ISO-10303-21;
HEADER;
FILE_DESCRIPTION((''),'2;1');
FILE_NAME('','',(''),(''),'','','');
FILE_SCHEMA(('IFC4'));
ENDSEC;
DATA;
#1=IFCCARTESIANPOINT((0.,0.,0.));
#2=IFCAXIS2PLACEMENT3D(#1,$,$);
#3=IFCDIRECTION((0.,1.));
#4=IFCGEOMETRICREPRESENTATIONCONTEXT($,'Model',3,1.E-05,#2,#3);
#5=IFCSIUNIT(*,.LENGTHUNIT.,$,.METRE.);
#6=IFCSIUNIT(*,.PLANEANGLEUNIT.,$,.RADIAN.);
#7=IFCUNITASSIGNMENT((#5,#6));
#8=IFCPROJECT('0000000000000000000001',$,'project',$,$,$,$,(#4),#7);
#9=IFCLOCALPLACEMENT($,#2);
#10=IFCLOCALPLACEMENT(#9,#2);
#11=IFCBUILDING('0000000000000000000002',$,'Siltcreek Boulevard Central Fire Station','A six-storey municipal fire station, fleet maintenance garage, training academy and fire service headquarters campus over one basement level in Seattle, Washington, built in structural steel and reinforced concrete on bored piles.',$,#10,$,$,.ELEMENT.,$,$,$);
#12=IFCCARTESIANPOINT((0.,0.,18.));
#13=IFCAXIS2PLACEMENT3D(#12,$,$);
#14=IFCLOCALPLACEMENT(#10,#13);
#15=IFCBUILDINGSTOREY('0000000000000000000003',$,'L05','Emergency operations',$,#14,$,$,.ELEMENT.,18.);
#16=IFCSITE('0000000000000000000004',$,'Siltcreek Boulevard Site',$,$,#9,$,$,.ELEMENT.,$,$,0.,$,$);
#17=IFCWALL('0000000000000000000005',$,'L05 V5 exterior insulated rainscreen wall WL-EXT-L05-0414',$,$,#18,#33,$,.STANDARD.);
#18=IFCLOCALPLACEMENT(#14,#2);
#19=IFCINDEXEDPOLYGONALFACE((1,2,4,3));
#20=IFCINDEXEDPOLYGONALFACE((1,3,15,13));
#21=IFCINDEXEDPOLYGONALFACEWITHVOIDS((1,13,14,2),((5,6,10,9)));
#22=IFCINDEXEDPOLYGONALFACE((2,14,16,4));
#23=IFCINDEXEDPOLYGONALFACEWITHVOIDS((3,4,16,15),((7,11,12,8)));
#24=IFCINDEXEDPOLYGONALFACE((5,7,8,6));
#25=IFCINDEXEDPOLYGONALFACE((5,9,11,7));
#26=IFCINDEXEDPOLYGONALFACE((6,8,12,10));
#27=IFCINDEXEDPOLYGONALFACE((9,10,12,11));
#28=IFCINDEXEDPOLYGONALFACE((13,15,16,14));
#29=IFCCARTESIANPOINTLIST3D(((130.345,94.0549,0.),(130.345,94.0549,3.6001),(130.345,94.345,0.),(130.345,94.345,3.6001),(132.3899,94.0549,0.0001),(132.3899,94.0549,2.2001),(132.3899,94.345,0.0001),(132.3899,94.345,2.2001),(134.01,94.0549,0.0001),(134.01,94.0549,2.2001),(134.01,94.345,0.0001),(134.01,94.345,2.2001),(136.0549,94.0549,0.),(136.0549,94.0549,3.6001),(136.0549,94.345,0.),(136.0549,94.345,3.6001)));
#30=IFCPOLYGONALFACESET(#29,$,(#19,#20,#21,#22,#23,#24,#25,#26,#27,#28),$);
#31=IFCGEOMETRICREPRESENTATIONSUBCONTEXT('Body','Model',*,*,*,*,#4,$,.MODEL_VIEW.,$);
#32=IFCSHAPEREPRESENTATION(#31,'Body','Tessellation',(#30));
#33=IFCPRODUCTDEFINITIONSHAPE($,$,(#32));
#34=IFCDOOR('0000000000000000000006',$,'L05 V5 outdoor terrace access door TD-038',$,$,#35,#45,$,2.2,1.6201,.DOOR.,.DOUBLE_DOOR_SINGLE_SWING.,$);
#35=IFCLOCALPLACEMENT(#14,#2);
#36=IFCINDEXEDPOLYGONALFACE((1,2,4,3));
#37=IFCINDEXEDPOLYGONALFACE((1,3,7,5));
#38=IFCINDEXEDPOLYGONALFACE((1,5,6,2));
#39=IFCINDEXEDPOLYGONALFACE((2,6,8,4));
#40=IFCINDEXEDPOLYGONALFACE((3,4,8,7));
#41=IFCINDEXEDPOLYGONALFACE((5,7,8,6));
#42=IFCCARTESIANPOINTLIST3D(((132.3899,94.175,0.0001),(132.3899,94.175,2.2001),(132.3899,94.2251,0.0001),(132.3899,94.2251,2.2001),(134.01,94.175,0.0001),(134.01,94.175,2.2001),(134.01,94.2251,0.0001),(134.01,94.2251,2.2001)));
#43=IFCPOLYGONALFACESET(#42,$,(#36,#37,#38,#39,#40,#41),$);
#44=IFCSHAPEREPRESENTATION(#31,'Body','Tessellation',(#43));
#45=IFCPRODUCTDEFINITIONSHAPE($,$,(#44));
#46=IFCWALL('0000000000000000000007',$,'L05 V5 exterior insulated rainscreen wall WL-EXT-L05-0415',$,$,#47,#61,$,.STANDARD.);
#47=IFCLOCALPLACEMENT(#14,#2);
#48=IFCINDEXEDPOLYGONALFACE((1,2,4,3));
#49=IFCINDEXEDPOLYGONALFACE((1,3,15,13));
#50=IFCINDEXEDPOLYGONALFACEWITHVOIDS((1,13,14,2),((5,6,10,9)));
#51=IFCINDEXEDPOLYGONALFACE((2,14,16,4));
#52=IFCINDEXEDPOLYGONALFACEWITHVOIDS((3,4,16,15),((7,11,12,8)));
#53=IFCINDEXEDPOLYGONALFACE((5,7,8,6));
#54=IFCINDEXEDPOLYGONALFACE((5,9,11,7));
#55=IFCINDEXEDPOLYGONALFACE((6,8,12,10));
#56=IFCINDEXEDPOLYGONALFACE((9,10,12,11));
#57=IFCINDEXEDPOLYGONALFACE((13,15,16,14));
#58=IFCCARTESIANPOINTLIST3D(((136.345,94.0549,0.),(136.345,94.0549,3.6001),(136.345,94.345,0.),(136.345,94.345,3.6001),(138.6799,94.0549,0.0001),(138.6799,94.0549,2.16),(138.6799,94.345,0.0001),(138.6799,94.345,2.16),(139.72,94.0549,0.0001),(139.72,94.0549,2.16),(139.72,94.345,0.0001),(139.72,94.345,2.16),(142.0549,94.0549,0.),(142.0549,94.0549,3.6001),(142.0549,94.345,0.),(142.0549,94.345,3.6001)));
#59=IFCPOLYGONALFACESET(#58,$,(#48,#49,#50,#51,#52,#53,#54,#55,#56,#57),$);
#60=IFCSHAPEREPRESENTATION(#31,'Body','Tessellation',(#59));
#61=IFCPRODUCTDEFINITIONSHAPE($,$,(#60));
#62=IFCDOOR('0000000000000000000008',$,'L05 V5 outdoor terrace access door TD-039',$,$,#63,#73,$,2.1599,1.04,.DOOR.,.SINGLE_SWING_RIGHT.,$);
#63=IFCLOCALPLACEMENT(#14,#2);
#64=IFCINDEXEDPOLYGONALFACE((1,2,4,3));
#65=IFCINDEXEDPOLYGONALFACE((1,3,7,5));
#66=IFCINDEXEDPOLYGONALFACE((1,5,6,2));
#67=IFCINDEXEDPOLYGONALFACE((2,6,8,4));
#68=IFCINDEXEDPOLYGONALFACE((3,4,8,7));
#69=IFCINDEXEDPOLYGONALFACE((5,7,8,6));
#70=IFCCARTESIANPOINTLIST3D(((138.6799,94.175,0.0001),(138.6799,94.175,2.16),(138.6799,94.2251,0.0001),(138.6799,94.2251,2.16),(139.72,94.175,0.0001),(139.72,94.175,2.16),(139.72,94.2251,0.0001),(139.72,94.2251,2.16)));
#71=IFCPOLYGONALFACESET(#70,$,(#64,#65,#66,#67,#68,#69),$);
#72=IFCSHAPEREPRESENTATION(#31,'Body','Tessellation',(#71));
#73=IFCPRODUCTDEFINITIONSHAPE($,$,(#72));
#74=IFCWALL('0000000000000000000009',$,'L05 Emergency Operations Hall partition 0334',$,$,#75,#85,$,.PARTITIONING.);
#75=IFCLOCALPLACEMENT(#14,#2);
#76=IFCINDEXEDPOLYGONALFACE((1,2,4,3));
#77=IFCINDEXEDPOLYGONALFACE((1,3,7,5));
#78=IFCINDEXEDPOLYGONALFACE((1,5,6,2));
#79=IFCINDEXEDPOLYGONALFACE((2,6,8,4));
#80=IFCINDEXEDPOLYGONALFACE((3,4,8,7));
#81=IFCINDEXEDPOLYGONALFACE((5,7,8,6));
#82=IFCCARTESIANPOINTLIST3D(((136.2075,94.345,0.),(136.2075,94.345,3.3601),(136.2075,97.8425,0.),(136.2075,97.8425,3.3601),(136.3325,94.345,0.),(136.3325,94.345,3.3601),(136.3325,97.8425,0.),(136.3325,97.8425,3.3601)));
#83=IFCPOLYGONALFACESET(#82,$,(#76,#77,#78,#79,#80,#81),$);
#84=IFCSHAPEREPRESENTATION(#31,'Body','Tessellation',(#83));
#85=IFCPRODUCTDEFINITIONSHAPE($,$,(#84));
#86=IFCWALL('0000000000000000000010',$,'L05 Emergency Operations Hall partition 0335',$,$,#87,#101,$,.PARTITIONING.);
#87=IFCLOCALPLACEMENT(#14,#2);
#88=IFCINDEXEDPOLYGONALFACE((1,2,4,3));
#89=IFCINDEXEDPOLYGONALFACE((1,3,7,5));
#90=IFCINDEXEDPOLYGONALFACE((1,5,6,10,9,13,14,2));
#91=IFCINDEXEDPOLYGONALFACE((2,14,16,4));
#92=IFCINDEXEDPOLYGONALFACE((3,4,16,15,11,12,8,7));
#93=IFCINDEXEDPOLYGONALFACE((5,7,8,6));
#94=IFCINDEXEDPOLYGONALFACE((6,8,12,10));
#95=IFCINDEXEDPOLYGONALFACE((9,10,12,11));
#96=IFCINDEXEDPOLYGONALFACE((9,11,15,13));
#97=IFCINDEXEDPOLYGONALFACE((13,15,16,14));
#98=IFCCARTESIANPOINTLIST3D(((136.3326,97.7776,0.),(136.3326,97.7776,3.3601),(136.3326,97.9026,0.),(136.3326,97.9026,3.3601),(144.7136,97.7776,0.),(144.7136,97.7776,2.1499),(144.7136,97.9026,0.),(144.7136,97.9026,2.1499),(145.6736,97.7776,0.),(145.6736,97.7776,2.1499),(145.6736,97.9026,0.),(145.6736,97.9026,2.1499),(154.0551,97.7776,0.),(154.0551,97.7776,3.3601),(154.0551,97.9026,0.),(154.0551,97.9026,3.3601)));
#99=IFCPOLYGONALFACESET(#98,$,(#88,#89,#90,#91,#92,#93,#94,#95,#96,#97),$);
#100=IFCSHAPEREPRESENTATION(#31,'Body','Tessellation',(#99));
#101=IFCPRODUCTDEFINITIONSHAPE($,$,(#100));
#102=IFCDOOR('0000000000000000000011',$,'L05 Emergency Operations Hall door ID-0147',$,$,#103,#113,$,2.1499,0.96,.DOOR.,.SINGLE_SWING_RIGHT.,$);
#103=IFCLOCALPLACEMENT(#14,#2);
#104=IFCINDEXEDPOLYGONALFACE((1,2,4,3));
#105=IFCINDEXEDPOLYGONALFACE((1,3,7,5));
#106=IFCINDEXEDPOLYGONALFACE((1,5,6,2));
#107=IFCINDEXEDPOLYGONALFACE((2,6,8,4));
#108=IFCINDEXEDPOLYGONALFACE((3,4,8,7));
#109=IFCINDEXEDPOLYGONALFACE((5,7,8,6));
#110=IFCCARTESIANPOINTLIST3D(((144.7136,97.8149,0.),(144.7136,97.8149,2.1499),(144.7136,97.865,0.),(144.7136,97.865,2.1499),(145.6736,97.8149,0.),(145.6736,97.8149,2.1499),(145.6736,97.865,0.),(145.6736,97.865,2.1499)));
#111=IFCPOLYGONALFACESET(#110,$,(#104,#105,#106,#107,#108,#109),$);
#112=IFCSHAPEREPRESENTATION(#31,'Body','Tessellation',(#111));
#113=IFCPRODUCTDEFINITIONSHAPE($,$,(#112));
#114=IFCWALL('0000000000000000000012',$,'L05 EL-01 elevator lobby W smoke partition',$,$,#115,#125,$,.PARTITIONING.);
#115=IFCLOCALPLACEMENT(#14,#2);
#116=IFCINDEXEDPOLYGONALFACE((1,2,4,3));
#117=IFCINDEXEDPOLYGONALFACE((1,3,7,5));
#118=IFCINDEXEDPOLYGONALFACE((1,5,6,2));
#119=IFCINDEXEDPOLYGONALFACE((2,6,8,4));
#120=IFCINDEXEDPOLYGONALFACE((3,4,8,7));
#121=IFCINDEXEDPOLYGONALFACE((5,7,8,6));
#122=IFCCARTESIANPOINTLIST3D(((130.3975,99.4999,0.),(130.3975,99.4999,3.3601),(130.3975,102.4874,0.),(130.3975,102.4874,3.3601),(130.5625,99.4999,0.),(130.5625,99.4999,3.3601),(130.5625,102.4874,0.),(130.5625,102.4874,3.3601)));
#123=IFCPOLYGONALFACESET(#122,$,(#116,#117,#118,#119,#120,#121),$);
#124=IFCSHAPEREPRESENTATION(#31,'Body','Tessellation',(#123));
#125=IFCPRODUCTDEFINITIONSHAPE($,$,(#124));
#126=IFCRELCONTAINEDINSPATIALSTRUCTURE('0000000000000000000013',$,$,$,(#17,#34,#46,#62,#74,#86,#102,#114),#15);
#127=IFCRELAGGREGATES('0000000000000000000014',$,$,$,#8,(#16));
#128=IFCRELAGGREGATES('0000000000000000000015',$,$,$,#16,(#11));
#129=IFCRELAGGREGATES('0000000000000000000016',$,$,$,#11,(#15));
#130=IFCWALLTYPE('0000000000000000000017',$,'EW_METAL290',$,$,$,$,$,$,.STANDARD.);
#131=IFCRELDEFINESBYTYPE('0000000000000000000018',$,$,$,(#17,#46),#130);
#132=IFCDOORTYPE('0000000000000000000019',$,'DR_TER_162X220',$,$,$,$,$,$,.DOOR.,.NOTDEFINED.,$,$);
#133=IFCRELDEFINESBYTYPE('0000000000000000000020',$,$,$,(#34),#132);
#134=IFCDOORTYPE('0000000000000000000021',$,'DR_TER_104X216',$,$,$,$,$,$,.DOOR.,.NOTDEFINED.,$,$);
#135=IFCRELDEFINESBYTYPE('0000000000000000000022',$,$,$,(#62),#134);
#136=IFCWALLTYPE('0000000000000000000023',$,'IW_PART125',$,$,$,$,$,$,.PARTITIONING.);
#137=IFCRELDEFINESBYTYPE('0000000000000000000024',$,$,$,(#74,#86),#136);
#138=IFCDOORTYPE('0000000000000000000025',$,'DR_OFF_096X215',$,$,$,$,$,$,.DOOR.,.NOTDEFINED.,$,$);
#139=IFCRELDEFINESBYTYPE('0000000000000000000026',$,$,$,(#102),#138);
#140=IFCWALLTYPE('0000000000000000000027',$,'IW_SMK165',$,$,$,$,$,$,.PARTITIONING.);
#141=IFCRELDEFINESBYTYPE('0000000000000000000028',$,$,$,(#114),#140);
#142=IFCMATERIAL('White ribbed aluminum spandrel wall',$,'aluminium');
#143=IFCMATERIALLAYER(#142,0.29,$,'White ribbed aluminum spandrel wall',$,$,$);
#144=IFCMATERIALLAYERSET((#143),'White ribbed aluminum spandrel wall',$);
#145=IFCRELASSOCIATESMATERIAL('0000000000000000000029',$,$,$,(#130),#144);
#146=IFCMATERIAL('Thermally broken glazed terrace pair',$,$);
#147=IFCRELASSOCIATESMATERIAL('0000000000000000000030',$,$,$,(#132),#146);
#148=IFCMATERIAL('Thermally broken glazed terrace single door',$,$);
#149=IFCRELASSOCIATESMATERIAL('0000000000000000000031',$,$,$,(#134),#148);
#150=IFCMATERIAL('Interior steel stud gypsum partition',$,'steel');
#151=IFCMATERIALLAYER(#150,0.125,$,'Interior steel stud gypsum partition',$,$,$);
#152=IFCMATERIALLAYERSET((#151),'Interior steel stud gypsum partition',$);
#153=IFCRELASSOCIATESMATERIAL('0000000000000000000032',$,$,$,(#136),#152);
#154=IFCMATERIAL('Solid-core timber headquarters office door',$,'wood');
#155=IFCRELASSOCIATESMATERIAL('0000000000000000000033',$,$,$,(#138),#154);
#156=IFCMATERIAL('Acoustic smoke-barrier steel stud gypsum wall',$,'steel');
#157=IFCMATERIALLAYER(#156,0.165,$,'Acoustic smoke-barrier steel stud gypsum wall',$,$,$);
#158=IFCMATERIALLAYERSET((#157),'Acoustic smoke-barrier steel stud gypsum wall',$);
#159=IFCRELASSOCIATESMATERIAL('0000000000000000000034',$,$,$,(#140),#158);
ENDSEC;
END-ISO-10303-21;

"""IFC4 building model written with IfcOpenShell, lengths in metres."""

from ifc_helpers import new_model, si_unit, direction, frame, frame_2d, origin, place, context, subcontext, project, spatial, rectangle, extrude, material, layer, layer_set, type_object, element, fill, save


model = new_model("IFC4")

# Units and contexts
model_context = context("Model", 3, precision=1e-05, world=origin(), true_north=direction((0.0, 1.0)))
body_context = subcontext(model_context, "Body", "Model", "MODEL_VIEW")
ifc_project = project(units=[si_unit("LENGTHUNIT", "METRE"), si_unit("PLANEANGLEUNIT", "RADIAN")], contexts=[model_context])

# Site, building, storey
site_placement = place(None, origin())
site = spatial("IfcSite", under=ifc_project, at=site_placement, Name="Siltcreek Boulevard Site", CompositionType="ELEMENT", RefElevation=0.0)
building_placement = place(site_placement, origin())
building = spatial("IfcBuilding", under=site, at=building_placement, Name="Siltcreek Boulevard Central Fire Station", Description="A six-storey municipal fire station, fleet maintenance garage, training academy and fire service headquarters campus over one basement level in Seattle, Washington, built in structural steel and reinforced concrete on bored piles.", CompositionType="ELEMENT")
storey_placement = place(building_placement, frame((0.0, 0.0, 18.0)))
storey = spatial("IfcBuildingStorey", under=building, at=storey_placement, Name="L05", Description="Emergency operations", CompositionType="ELEMENT", Elevation=18.0)

# Walls, openings, doors
ifc_material_1 = material(Name="White ribbed aluminum spandrel wall", Category="aluminium")
ifc_layer_1 = layer(ifc_material_1, 0.29, Name="White ribbed aluminum spandrel wall")
ifc_layer_set_1 = layer_set([ifc_layer_1], Name="White ribbed aluminum spandrel wall")
wall_type_1 = type_object("IfcWallType", Name="EW_METAL290", PredefinedType="STANDARD", material=ifc_layer_set_1)
wall_1_placement = place(storey_placement, frame((130.345, 94.2, 0.0), z_axis=(0.0, 0.0, 1.0), x_axis=(1.0, 0.0, 0.0)))
wall_1 = element("IfcWall", 1, at=wall_1_placement, inside=storey, type_object=wall_type_1, Name="L05 V5 exterior insulated rainscreen wall WL-EXT-L05-0414", PredefinedType="STANDARD", context=body_context, shape_type="SweptSolid", body=[
    extrude(rectangle(XDim=5.71, YDim=0.29, at=frame_2d((2.855, 0.0))), origin(), (0.0, 0.0, 1.0), 3.6001),
])
opening_1_placement = place(wall_1_placement, frame((2.0449, 0.0, 0.0)))
opening_1 = element("IfcOpeningElement", 2, at=opening_1_placement, cuts=wall_1, PredefinedType="OPENING", context=body_context, shape_type="SweptSolid", body=[
    extrude(rectangle(XDim=1.6201, YDim=2.2, at=frame_2d((0.8101, 1.1001))), frame((0.0, 0.155, 0.0), z_axis=(0.0, -1.0, 0.0), x_axis=(1.0, 0.0, 0.0)), (0.0, 0.0, 1.0), 0.3101),
])
ifc_material_2 = material(Name="Thermally broken glazed terrace pair")
door_type_1 = type_object("IfcDoorType", Name="DR_TER_162X220", OperationType="NOTDEFINED", PredefinedType="DOOR", material=ifc_material_2)
door_1_placement = place(opening_1_placement, frame((1.6201, 0.0, 0.0), z_axis=(0.0, 0.0, 1.0), x_axis=(-1.0, 0.0, 0.0)))
door_1 = element("IfcDoor", 3, at=door_1_placement, inside=storey, type_object=door_type_1, Name="L05 V5 outdoor terrace access door TD-038", OperationType="DOUBLE_DOOR_SINGLE_SWING", OverallHeight=2.2, OverallWidth=1.6201, PredefinedType="DOOR", context=body_context, shape_type="SweptSolid", body=[
    extrude(rectangle(XDim=1.6201, YDim=2.2, at=frame_2d((0.8101, 1.1001))), frame((0.0, 0.0249, 0.0), z_axis=(0.0, -1.0, 0.0), x_axis=(1.0, 0.0, 0.0)), (0.0, 0.0, 1.0), 0.05),
])
fill(opening_1, door_1)
wall_2_placement = place(storey_placement, frame((136.345, 94.2, 0.0), z_axis=(0.0, 0.0, 1.0), x_axis=(1.0, 0.0, 0.0)))
wall_2 = element("IfcWall", 4, at=wall_2_placement, inside=storey, type_object=wall_type_1, Name="L05 V5 exterior insulated rainscreen wall WL-EXT-L05-0415", PredefinedType="STANDARD", context=body_context, shape_type="SweptSolid", body=[
    extrude(rectangle(XDim=5.71, YDim=0.29, at=frame_2d((2.855, 0.0))), origin(), (0.0, 0.0, 1.0), 3.6001),
])
opening_2_placement = place(wall_2_placement, frame((2.335, 0.0, 0.0)))
opening_2 = element("IfcOpeningElement", 5, at=opening_2_placement, cuts=wall_2, PredefinedType="OPENING", context=body_context, shape_type="SweptSolid", body=[
    extrude(rectangle(XDim=1.04, YDim=2.1599, at=frame_2d((0.52, 1.0801))), frame((0.0, 0.155, 0.0), z_axis=(0.0, -1.0, 0.0), x_axis=(1.0, 0.0, 0.0)), (0.0, 0.0, 1.0), 0.3101),
])
ifc_material_3 = material(Name="Thermally broken glazed terrace single door")
door_type_2 = type_object("IfcDoorType", Name="DR_TER_104X216", OperationType="NOTDEFINED", PredefinedType="DOOR", material=ifc_material_3)
door_2_placement = place(opening_2_placement, frame((1.04, 0.0, 0.0), z_axis=(0.0, 0.0, 1.0), x_axis=(-1.0, 0.0, 0.0)))
door_2 = element("IfcDoor", 6, at=door_2_placement, inside=storey, type_object=door_type_2, Name="L05 V5 outdoor terrace access door TD-039", OperationType="SINGLE_SWING_RIGHT", OverallHeight=2.1599, OverallWidth=1.04, PredefinedType="DOOR", context=body_context, shape_type="SweptSolid", body=[
    extrude(rectangle(XDim=1.04, YDim=2.1599, at=frame_2d((0.52, 1.0801))), frame((0.0, 0.0249, 0.0), z_axis=(0.0, -1.0, 0.0), x_axis=(1.0, 0.0, 0.0)), (0.0, 0.0, 1.0), 0.05),
])
fill(opening_2, door_2)

# Wall
ifc_material_4 = material(Name="Interior steel stud gypsum partition", Category="steel")
ifc_layer_2 = layer(ifc_material_4, 0.125, Name="Interior steel stud gypsum partition")
ifc_layer_set_2 = layer_set([ifc_layer_2], Name="Interior steel stud gypsum partition")
wall_type_2 = type_object("IfcWallType", Name="IW_PART125", PredefinedType="PARTITIONING", material=ifc_layer_set_2)
wall_3_placement = place(storey_placement, frame((136.27, 94.345, 0.0), z_axis=(0.0, 0.0, 1.0), x_axis=(0.0, 1.0, 0.0)))
element("IfcWall", 7, at=wall_3_placement, inside=storey, type_object=wall_type_2, Name="L05 Emergency Operations Hall partition 0334", PredefinedType="PARTITIONING", context=body_context, shape_type="SweptSolid", body=[
    extrude(rectangle(XDim=3.4976, YDim=0.125, at=frame_2d((1.7488, 0.0))), origin(), (0.0, 0.0, 1.0), 3.3601),
])

# Wall, opening, door
wall_4_placement = place(storey_placement, frame((136.3325, 97.8401, 0.0), z_axis=(0.0, 0.0, 1.0), x_axis=(1.0, 0.0, 0.0)))
wall_4 = element("IfcWall", 8, at=wall_4_placement, inside=storey, type_object=wall_type_2, Name="L05 Emergency Operations Hall partition 0335", PredefinedType="PARTITIONING", context=body_context, shape_type="SweptSolid", body=[
    extrude(rectangle(XDim=17.7224, YDim=0.125, at=frame_2d((8.8613, 0.0))), origin(), (0.0, 0.0, 1.0), 3.3601),
])
opening_3_placement = place(wall_4_placement, frame((8.3811, 0.0, 0.0)))
opening_3 = element("IfcOpeningElement", 9, at=opening_3_placement, cuts=wall_4, PredefinedType="OPENING", context=body_context, shape_type="SweptSolid", body=[
    extrude(rectangle(XDim=0.96, YDim=2.1499, at=frame_2d((0.48, 1.075))), frame((0.0, 0.0725, 0.0), z_axis=(0.0, -1.0, 0.0), x_axis=(1.0, 0.0, 0.0)), (0.0, 0.0, 1.0), 0.145),
])
ifc_material_5 = material(Name="Solid-core timber headquarters office door", Category="wood")
door_type_3 = type_object("IfcDoorType", Name="DR_OFF_096X215", OperationType="NOTDEFINED", PredefinedType="DOOR", material=ifc_material_5)
door_3_placement = place(opening_3_placement, origin())
door_3 = element("IfcDoor", 10, at=door_3_placement, inside=storey, type_object=door_type_3, Name="L05 Emergency Operations Hall door ID-0147", OperationType="SINGLE_SWING_RIGHT", OverallHeight=2.1499, OverallWidth=0.96, PredefinedType="DOOR", context=body_context, shape_type="SweptSolid", body=[
    extrude(rectangle(XDim=0.96, YDim=2.1499, at=frame_2d((0.48, 1.075))), frame((0.0, 0.0249, 0.0), z_axis=(0.0, -1.0, 0.0), x_axis=(1.0, 0.0, 0.0)), (0.0, 0.0, 1.0), 0.05),
])
fill(opening_3, door_3)

# Wall
ifc_material_6 = material(Name="Acoustic smoke-barrier steel stud gypsum wall", Category="steel")
ifc_layer_3 = layer(ifc_material_6, 0.165, Name="Acoustic smoke-barrier steel stud gypsum wall")
ifc_layer_set_3 = layer_set([ifc_layer_3], Name="Acoustic smoke-barrier steel stud gypsum wall")
wall_type_3 = type_object("IfcWallType", Name="IW_SMK165", PredefinedType="PARTITIONING", material=ifc_layer_set_3)
wall_5_placement = place(storey_placement, frame((130.48, 99.5, 0.0), z_axis=(0.0, 0.0, 1.0), x_axis=(0.0, 1.0, 0.0)))
element("IfcWall", 11, at=wall_5_placement, inside=storey, type_object=wall_type_3, Name="L05 EL-01 elevator lobby W smoke partition", PredefinedType="PARTITIONING", context=body_context, shape_type="SweptSolid", body=[
    extrude(rectangle(XDim=2.9875, YDim=0.165, at=frame_2d((1.4937, 0.0))), origin(), (0.0, 0.0, 1.0), 3.3601),
])

save(model, "model.ifc")
